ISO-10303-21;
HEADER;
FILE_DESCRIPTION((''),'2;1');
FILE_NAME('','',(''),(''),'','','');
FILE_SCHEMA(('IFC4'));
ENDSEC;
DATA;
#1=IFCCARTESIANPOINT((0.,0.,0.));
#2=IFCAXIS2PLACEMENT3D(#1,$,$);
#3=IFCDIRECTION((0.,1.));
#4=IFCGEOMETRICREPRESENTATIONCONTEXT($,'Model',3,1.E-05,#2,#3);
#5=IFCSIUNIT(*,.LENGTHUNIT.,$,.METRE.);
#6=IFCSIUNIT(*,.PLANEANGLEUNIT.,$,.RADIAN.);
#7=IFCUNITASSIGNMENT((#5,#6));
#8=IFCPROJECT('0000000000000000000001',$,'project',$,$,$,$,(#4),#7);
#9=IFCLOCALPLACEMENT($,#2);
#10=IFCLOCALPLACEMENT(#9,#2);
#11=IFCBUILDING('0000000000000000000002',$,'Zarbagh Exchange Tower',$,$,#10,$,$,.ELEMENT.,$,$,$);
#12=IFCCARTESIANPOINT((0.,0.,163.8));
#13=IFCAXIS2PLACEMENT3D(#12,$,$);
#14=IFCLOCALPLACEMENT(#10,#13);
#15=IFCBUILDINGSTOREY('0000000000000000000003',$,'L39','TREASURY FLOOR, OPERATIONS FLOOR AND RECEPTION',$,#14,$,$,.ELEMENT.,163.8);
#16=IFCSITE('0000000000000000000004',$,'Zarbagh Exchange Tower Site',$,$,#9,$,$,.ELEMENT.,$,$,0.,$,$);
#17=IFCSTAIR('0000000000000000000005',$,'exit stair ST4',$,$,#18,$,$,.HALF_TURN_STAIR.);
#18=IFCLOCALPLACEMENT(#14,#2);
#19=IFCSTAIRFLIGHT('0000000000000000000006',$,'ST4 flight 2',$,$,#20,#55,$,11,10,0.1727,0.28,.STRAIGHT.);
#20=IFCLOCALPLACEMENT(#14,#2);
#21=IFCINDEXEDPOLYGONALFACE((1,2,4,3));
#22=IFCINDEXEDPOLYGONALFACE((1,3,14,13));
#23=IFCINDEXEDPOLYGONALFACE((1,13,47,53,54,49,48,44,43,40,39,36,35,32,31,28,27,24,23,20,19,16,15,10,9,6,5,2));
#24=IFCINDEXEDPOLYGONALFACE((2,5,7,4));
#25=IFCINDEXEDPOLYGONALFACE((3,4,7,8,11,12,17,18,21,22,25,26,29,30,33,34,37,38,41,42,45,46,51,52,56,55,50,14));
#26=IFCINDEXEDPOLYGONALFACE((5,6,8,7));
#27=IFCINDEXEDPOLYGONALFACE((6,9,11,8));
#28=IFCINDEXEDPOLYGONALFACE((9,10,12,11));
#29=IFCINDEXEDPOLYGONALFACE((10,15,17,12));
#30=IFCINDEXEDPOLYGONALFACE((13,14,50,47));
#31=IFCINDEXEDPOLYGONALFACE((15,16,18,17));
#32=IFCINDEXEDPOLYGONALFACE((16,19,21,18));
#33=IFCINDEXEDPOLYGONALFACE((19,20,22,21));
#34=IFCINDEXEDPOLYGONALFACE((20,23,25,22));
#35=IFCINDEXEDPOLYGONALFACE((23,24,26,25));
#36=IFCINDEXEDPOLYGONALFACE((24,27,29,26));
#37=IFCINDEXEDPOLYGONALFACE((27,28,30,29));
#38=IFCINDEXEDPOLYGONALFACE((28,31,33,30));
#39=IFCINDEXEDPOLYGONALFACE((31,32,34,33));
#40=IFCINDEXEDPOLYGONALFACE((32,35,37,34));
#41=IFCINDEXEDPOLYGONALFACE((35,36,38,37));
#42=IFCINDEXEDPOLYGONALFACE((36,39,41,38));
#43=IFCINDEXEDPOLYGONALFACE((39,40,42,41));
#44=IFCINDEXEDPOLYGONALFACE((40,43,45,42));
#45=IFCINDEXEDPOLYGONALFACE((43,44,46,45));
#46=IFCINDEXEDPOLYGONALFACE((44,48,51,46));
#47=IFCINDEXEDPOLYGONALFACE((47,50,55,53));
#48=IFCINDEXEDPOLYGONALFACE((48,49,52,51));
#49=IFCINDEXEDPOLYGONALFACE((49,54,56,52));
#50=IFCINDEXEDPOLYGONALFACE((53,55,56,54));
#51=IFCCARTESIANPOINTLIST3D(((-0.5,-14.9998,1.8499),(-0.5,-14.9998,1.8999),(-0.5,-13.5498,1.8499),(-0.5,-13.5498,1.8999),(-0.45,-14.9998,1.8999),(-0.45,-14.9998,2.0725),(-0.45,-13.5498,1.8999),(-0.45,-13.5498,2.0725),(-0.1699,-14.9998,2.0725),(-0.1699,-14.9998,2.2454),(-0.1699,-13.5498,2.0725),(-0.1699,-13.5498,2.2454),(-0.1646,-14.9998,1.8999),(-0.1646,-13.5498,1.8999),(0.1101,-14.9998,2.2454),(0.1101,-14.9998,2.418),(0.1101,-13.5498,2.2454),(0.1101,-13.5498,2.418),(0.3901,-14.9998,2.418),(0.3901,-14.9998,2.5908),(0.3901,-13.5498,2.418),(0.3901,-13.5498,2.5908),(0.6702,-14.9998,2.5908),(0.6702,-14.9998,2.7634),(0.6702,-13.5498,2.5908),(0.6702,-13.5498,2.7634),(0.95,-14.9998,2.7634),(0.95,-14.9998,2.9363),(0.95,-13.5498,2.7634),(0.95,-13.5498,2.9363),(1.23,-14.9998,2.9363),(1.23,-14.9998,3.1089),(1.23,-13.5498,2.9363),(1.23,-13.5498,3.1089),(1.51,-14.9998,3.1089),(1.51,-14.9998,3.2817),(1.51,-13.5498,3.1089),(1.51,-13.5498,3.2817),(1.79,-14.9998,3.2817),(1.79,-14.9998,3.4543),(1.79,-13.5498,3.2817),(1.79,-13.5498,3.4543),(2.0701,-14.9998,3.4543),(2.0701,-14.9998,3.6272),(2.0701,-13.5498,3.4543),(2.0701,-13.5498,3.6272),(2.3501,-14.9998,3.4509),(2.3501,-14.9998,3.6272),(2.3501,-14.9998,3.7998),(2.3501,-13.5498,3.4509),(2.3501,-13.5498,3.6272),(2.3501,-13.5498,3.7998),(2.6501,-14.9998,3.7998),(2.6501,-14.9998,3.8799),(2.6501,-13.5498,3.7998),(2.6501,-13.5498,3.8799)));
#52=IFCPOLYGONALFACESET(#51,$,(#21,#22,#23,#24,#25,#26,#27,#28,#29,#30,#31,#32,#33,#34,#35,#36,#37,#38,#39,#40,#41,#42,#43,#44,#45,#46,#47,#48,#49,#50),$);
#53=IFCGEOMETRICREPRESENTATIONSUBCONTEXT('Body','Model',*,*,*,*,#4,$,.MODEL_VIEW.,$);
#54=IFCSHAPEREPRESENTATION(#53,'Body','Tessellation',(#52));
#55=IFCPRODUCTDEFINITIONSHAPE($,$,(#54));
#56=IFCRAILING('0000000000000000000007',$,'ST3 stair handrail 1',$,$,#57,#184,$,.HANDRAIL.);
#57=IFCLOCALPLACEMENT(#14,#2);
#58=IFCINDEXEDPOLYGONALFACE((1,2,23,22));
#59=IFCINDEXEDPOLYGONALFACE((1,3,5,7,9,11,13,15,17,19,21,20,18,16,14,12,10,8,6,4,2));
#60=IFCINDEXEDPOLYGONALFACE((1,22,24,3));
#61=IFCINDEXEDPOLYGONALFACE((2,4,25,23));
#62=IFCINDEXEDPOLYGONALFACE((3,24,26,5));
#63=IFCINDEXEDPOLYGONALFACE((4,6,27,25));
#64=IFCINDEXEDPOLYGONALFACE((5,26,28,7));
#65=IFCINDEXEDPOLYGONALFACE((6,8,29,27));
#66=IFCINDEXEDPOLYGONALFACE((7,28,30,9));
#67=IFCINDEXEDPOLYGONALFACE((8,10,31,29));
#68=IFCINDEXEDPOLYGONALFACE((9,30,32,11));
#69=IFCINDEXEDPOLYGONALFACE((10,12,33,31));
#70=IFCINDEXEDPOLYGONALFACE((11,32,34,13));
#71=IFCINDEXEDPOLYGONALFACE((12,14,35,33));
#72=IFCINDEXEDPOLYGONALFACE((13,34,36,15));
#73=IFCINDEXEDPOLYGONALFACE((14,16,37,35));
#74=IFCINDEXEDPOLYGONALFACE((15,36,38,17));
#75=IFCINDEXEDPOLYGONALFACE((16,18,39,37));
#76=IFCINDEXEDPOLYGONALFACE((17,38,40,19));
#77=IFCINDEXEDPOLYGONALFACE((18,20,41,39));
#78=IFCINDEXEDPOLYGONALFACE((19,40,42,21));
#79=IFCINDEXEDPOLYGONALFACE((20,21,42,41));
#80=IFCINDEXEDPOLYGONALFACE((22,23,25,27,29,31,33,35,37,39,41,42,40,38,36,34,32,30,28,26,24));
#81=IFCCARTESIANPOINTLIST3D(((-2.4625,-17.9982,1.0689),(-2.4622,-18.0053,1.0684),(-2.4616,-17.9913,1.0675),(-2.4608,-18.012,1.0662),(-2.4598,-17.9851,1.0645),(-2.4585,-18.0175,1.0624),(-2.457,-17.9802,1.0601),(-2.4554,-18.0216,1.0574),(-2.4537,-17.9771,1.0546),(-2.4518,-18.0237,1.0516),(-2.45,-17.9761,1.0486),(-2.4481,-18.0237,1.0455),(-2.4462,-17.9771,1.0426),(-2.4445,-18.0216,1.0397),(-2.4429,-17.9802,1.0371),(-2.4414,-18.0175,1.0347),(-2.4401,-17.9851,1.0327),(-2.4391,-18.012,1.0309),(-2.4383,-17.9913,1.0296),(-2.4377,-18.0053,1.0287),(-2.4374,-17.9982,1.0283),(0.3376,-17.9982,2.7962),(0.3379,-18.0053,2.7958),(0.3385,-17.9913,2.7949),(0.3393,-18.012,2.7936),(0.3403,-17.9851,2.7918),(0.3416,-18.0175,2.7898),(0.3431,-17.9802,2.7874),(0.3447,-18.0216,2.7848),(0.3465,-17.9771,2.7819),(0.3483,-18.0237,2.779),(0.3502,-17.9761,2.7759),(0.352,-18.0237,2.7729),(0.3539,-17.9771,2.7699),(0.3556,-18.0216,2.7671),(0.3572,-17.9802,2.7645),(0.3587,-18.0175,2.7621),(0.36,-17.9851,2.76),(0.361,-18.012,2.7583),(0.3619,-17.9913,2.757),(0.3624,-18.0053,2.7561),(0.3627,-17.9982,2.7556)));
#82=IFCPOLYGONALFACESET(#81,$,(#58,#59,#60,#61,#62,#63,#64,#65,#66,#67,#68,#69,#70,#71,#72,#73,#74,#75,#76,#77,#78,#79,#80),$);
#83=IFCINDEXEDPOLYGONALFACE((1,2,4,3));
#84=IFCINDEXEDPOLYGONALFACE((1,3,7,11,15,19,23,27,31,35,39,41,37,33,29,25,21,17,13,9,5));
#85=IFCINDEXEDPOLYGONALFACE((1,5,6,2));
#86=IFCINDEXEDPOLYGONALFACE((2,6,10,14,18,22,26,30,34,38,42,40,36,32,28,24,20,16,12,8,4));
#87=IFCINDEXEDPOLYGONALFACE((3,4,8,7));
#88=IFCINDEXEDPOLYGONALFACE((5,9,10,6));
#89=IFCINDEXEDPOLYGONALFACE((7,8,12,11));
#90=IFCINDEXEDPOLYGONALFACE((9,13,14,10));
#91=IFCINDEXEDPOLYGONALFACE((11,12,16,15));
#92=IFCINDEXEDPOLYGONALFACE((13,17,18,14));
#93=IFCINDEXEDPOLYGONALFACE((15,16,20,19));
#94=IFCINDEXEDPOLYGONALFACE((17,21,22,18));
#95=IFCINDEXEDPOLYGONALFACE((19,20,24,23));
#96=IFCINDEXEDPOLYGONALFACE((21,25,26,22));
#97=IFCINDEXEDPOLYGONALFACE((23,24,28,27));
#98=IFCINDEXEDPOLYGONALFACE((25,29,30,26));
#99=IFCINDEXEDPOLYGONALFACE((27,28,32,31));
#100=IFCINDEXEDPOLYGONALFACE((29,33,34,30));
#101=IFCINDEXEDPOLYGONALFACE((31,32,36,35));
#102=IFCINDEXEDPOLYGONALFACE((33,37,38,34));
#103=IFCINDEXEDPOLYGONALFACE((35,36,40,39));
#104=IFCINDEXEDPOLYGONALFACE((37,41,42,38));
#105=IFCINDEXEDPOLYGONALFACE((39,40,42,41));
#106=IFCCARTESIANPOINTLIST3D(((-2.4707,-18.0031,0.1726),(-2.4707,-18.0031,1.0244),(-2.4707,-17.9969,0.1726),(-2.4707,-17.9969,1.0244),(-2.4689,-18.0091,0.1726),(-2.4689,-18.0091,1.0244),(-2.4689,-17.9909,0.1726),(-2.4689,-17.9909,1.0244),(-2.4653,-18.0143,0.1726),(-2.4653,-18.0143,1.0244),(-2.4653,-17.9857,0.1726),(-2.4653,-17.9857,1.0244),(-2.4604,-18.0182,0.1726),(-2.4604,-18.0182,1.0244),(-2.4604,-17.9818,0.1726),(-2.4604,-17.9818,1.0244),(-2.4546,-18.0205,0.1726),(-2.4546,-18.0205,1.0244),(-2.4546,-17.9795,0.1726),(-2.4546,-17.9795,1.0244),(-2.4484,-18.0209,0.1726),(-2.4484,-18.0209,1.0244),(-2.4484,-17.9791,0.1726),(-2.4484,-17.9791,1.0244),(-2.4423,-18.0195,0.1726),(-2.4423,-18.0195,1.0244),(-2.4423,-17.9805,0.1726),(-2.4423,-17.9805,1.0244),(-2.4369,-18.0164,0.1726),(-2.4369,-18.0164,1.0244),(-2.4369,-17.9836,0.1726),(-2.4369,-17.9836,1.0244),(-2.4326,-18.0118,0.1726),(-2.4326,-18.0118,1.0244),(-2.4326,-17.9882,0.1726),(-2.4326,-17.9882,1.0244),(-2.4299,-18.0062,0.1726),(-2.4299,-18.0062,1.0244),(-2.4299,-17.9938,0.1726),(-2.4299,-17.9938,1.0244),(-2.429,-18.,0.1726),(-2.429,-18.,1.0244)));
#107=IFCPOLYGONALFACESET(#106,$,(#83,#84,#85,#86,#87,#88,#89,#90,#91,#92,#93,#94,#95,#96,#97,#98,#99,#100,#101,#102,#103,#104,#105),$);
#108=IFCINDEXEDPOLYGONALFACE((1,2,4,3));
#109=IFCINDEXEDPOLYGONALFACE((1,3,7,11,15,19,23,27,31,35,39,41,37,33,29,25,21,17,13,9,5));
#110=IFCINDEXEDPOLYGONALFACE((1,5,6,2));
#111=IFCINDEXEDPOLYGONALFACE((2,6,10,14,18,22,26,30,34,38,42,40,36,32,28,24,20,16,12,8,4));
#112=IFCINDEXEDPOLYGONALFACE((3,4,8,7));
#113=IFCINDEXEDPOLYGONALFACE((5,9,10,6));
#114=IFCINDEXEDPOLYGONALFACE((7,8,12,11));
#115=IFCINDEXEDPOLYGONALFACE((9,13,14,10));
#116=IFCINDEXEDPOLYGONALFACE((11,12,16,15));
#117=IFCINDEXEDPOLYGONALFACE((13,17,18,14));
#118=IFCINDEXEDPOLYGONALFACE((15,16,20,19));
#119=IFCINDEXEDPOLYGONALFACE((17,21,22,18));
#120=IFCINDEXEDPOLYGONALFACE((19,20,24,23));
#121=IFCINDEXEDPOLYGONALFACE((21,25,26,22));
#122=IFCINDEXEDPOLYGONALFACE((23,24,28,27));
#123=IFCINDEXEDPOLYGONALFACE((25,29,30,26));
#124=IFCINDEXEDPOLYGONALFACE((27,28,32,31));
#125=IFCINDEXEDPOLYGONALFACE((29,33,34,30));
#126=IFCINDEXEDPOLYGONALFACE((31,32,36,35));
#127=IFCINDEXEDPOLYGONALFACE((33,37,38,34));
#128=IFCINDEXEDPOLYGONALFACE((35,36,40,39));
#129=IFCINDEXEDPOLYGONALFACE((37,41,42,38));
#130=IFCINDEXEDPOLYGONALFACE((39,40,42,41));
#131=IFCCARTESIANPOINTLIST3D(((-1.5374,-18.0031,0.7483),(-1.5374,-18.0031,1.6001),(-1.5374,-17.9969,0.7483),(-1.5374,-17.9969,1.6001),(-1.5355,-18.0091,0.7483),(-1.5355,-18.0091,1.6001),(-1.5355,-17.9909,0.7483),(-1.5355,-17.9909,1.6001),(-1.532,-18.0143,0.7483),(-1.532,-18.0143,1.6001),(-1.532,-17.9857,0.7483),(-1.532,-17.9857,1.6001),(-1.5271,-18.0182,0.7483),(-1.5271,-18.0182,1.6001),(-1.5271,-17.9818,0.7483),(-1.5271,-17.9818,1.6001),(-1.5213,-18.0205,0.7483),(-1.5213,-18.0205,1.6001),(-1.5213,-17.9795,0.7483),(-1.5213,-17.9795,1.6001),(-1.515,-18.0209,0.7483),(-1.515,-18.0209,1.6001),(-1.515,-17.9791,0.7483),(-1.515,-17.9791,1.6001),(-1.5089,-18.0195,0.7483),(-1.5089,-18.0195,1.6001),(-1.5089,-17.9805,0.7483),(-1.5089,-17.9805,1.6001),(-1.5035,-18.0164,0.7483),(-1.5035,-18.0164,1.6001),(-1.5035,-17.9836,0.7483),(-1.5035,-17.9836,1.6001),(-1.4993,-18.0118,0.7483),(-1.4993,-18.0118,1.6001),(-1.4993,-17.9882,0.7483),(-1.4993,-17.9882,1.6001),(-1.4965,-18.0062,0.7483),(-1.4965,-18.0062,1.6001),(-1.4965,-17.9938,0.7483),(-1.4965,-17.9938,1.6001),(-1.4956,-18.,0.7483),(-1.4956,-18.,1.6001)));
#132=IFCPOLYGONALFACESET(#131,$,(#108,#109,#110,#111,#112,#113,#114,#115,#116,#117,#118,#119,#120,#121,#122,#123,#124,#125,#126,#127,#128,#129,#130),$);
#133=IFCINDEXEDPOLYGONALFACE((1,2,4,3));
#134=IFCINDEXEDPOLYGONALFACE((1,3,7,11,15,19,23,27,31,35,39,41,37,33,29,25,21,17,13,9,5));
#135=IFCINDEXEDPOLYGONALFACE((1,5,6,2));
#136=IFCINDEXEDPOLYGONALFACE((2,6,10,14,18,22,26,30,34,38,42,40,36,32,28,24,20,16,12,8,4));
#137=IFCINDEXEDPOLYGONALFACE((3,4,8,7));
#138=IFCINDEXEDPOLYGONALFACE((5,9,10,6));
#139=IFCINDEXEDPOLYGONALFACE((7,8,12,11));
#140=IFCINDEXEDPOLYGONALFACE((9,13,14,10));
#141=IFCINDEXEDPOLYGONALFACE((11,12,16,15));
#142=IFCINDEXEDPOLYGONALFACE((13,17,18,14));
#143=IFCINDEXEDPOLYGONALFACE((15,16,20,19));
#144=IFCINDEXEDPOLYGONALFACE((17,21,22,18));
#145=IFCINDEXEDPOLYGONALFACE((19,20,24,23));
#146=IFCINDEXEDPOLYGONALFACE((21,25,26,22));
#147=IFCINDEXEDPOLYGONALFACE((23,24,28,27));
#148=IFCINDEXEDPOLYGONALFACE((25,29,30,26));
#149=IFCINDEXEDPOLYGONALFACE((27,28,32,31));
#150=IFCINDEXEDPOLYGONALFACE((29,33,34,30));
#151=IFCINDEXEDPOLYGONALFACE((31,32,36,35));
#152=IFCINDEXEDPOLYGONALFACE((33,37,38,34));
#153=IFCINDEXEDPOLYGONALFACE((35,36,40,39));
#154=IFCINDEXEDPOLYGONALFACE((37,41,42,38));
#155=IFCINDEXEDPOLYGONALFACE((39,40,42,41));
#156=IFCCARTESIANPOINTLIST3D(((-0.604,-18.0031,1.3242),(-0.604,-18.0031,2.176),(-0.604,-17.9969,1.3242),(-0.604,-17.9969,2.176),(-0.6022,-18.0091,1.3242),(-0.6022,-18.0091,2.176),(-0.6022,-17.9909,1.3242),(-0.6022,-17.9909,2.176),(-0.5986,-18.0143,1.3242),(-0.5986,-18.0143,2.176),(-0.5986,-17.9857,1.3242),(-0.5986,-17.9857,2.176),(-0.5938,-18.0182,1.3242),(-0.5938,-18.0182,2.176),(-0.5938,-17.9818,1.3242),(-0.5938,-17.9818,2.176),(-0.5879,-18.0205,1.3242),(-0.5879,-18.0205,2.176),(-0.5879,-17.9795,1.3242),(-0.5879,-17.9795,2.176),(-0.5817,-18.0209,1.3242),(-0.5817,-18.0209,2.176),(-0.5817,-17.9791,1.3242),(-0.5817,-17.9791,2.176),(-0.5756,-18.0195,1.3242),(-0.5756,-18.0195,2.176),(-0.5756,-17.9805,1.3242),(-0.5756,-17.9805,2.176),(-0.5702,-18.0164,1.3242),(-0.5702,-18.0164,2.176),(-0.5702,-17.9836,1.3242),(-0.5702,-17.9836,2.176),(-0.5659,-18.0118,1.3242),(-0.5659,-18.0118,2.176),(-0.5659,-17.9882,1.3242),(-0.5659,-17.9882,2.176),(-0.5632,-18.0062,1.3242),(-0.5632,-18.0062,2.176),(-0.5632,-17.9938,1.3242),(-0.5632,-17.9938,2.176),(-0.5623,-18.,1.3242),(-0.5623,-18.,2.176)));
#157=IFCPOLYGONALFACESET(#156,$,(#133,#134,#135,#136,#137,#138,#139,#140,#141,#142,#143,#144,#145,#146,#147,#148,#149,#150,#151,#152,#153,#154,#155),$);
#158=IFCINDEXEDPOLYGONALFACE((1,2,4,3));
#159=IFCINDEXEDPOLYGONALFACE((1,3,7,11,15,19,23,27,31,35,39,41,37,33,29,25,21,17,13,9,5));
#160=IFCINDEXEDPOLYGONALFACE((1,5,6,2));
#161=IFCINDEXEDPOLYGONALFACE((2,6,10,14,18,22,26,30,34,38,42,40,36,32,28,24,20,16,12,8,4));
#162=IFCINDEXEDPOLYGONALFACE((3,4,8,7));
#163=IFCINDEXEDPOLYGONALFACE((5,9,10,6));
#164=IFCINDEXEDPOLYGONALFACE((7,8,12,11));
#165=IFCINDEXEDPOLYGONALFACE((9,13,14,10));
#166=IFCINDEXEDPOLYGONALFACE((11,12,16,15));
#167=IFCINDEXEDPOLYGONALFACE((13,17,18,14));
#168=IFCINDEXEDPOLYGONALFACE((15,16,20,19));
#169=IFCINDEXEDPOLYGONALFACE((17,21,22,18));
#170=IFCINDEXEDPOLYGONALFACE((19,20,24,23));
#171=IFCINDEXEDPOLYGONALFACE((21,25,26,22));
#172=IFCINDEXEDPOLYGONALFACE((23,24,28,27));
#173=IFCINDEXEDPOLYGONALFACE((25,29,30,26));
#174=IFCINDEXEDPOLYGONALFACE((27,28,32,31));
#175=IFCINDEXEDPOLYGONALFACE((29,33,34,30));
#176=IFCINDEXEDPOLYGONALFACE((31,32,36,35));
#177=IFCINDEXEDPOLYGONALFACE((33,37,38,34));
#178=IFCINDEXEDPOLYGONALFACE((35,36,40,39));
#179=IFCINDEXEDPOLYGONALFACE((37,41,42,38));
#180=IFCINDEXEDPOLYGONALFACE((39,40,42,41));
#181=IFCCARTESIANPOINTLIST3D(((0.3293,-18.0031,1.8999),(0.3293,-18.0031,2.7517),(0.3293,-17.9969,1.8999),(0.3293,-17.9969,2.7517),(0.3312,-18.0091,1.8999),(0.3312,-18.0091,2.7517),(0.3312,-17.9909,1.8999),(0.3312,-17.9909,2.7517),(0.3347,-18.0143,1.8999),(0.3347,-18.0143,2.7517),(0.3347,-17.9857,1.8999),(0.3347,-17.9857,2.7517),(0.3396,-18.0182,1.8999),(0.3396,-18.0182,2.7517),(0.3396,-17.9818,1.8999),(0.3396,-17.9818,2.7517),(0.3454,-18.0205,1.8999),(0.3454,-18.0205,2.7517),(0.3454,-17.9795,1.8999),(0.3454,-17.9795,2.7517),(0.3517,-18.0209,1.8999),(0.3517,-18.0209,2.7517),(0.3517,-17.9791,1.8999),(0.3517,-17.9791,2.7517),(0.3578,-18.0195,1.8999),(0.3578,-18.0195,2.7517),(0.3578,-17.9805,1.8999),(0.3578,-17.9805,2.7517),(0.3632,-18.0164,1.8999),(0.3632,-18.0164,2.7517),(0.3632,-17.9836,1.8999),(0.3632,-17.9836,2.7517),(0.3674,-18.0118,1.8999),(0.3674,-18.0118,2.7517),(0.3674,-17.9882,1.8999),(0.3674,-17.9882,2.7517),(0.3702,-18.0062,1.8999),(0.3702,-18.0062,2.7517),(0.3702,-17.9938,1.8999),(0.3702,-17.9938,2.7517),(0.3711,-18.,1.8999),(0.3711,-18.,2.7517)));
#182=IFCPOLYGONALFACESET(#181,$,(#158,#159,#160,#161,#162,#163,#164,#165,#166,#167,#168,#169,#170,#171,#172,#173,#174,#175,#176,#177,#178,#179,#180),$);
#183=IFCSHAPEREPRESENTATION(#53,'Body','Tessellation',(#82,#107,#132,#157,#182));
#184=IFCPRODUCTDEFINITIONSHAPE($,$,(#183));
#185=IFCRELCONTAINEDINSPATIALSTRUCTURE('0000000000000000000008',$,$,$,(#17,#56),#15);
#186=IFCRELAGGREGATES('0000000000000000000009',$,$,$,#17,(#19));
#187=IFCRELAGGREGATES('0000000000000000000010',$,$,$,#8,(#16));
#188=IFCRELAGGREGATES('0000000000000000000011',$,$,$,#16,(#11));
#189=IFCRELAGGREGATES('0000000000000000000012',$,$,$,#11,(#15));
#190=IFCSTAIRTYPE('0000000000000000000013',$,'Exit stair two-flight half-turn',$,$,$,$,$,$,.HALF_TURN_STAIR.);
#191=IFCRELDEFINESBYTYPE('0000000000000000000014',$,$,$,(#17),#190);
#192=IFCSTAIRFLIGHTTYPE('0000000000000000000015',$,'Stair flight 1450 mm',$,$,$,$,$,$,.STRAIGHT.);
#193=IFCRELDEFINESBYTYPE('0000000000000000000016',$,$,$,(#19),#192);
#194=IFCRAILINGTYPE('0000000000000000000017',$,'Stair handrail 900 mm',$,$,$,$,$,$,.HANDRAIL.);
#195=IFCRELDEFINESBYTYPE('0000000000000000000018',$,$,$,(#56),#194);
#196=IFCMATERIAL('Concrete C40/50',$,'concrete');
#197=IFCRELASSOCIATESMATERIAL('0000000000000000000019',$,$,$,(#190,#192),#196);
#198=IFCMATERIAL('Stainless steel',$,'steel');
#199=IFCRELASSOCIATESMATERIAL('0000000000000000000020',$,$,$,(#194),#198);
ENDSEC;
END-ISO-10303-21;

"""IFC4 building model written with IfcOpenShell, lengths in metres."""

from ifc_helpers import new_model, si_unit, direction, frame, origin, origin_2d, place, context, subcontext, project, spatial, polyline, circle, outline, extrude, material, type_object, element, aggregate, save


model = new_model("IFC4")

# Units and contexts
model_context = context("Model", 3, precision=1e-05, world=origin(), true_north=direction((0.0, 1.0)))
body_context = subcontext(model_context, "Body", "Model", "MODEL_VIEW")
ifc_project = project(units=[si_unit("LENGTHUNIT", "METRE"), si_unit("PLANEANGLEUNIT", "RADIAN")], contexts=[model_context])

# Site, building, storey
site_placement = place(None, origin())
site = spatial("IfcSite", under=ifc_project, at=site_placement, Name="Zarbagh Exchange Tower Site", CompositionType="ELEMENT", RefElevation=0.0)
building_placement = place(site_placement, origin())
building = spatial("IfcBuilding", under=site, at=building_placement, Name="Zarbagh Exchange Tower", CompositionType="ELEMENT")
storey_placement = place(building_placement, frame((0.0, 0.0, 163.8)))
storey = spatial("IfcBuildingStorey", under=building, at=storey_placement, Name="L39", Description="TREASURY FLOOR, OPERATIONS FLOOR AND RECEPTION", CompositionType="ELEMENT", Elevation=163.8)

# Shared definitions
ifc_material_1 = material(Name="Concrete C40/50", Category="concrete")

# Shared definitions
ifc_material_2 = material(Name="Stainless steel", Category="steel")

# Stair, stair flight
stair_type = type_object("IfcStairType", Name="Exit stair two-flight half-turn", PredefinedType="HALF_TURN_STAIR", material=ifc_material_1)
stair_1_placement = place(storey_placement, origin())
stair_1 = element("IfcStair", 1, at=stair_1_placement, inside=storey, type_object=stair_type, Name="exit stair ST4", PredefinedType="HALF_TURN_STAIR")
stair_flight_type_1 = type_object("IfcStairFlightType", Name="Stair flight 1450 mm", PredefinedType="STRAIGHT", material=ifc_material_1)
stair_flight_1_placement = place(storey_placement, frame((-0.45, -14.2749, 1.8999), z_axis=(0.0, 0.0, 1.0), x_axis=(1.0, 0.0, 0.0)))
stair_flight_1 = element("IfcStairFlight", 2, at=stair_flight_1_placement, type_object=stair_flight_type_1, Name="ST4 flight 2", NumberOfRisers=11, NumberOfTreads=10, PredefinedType="STRAIGHT", RiserHeight=0.1727, TreadLength=0.28, context=body_context, shape_type="SweptSolid", body=[
    extrude(outline(polyline([(-0.05, -0.05), (-0.05, 0.0), (0.0, 0.0), (0.0, 0.1726), (0.28, 0.1726), (0.28, 0.3455), (0.5601, 0.3455), (0.5601, 0.5181), (0.8401, 0.5181), (0.8401, 0.6909), (1.1201, 0.6909), (1.1201, 0.8635), (1.3999, 0.8635), (1.3999, 1.0364), (1.6799, 1.0364), (1.6799, 1.209), (1.96, 1.209), (1.96, 1.3818), (2.24, 1.3818), (2.24, 1.5544), (2.52, 1.5544), (2.52, 1.7273), (2.8, 1.7273), (2.8, 1.8999), (3.1001, 1.98), (3.1001, 1.8999), (2.8, 1.551), (0.2854, 0.0), (-0.05, -0.05)])), frame((0.0, 0.7251, 0.0), z_axis=(0.0, -1.0, 0.0), x_axis=(1.0, 0.0, 0.0)), (0.0, 0.0, 1.0), 1.45),
])
aggregate(stair_1, [stair_flight_1])

# Railing
railing_type_1 = type_object("IfcRailingType", Name="Stair handrail 900 mm", PredefinedType="HANDRAIL", material=ifc_material_2)
for number, where, name in (
    (3, (-2.45, -18.0, 0.1726), "ST3 stair handrail 1"),
):
    element("IfcRailing", number, at=place(storey_placement, frame(where)), inside=storey, type_object=railing_type_1, Name=name, PredefinedType="HANDRAIL", context=body_context, shape_type="SweptSolid", body=[
        extrude(circle(Radius=0.0239, at=origin_2d()), frame((0.0, 0.0, 0.876), z_axis=(0.85109, 0.0, 0.52502), x_axis=(0.0, 1.0, 0.0)), (0.0, 0.0, 1.0), 3.29),
        extrude(circle(Radius=0.021, at=origin_2d()), origin(), (0.0, 0.0, 1.0), 0.8518),
        extrude(circle(Radius=0.021, at=origin_2d()), frame((0.9333, 0.0, 0.5757)), (0.0, 0.0, 1.0), 0.8518),
        extrude(circle(Radius=0.021, at=origin_2d()), frame((1.8667, 0.0, 1.1516)), (0.0, 0.0, 1.0), 0.8518),
        extrude(circle(Radius=0.021, at=origin_2d()), frame((2.8, 0.0, 1.7273)), (0.0, 0.0, 1.0), 0.8518),
    ])

save(model, "model.ifc")
